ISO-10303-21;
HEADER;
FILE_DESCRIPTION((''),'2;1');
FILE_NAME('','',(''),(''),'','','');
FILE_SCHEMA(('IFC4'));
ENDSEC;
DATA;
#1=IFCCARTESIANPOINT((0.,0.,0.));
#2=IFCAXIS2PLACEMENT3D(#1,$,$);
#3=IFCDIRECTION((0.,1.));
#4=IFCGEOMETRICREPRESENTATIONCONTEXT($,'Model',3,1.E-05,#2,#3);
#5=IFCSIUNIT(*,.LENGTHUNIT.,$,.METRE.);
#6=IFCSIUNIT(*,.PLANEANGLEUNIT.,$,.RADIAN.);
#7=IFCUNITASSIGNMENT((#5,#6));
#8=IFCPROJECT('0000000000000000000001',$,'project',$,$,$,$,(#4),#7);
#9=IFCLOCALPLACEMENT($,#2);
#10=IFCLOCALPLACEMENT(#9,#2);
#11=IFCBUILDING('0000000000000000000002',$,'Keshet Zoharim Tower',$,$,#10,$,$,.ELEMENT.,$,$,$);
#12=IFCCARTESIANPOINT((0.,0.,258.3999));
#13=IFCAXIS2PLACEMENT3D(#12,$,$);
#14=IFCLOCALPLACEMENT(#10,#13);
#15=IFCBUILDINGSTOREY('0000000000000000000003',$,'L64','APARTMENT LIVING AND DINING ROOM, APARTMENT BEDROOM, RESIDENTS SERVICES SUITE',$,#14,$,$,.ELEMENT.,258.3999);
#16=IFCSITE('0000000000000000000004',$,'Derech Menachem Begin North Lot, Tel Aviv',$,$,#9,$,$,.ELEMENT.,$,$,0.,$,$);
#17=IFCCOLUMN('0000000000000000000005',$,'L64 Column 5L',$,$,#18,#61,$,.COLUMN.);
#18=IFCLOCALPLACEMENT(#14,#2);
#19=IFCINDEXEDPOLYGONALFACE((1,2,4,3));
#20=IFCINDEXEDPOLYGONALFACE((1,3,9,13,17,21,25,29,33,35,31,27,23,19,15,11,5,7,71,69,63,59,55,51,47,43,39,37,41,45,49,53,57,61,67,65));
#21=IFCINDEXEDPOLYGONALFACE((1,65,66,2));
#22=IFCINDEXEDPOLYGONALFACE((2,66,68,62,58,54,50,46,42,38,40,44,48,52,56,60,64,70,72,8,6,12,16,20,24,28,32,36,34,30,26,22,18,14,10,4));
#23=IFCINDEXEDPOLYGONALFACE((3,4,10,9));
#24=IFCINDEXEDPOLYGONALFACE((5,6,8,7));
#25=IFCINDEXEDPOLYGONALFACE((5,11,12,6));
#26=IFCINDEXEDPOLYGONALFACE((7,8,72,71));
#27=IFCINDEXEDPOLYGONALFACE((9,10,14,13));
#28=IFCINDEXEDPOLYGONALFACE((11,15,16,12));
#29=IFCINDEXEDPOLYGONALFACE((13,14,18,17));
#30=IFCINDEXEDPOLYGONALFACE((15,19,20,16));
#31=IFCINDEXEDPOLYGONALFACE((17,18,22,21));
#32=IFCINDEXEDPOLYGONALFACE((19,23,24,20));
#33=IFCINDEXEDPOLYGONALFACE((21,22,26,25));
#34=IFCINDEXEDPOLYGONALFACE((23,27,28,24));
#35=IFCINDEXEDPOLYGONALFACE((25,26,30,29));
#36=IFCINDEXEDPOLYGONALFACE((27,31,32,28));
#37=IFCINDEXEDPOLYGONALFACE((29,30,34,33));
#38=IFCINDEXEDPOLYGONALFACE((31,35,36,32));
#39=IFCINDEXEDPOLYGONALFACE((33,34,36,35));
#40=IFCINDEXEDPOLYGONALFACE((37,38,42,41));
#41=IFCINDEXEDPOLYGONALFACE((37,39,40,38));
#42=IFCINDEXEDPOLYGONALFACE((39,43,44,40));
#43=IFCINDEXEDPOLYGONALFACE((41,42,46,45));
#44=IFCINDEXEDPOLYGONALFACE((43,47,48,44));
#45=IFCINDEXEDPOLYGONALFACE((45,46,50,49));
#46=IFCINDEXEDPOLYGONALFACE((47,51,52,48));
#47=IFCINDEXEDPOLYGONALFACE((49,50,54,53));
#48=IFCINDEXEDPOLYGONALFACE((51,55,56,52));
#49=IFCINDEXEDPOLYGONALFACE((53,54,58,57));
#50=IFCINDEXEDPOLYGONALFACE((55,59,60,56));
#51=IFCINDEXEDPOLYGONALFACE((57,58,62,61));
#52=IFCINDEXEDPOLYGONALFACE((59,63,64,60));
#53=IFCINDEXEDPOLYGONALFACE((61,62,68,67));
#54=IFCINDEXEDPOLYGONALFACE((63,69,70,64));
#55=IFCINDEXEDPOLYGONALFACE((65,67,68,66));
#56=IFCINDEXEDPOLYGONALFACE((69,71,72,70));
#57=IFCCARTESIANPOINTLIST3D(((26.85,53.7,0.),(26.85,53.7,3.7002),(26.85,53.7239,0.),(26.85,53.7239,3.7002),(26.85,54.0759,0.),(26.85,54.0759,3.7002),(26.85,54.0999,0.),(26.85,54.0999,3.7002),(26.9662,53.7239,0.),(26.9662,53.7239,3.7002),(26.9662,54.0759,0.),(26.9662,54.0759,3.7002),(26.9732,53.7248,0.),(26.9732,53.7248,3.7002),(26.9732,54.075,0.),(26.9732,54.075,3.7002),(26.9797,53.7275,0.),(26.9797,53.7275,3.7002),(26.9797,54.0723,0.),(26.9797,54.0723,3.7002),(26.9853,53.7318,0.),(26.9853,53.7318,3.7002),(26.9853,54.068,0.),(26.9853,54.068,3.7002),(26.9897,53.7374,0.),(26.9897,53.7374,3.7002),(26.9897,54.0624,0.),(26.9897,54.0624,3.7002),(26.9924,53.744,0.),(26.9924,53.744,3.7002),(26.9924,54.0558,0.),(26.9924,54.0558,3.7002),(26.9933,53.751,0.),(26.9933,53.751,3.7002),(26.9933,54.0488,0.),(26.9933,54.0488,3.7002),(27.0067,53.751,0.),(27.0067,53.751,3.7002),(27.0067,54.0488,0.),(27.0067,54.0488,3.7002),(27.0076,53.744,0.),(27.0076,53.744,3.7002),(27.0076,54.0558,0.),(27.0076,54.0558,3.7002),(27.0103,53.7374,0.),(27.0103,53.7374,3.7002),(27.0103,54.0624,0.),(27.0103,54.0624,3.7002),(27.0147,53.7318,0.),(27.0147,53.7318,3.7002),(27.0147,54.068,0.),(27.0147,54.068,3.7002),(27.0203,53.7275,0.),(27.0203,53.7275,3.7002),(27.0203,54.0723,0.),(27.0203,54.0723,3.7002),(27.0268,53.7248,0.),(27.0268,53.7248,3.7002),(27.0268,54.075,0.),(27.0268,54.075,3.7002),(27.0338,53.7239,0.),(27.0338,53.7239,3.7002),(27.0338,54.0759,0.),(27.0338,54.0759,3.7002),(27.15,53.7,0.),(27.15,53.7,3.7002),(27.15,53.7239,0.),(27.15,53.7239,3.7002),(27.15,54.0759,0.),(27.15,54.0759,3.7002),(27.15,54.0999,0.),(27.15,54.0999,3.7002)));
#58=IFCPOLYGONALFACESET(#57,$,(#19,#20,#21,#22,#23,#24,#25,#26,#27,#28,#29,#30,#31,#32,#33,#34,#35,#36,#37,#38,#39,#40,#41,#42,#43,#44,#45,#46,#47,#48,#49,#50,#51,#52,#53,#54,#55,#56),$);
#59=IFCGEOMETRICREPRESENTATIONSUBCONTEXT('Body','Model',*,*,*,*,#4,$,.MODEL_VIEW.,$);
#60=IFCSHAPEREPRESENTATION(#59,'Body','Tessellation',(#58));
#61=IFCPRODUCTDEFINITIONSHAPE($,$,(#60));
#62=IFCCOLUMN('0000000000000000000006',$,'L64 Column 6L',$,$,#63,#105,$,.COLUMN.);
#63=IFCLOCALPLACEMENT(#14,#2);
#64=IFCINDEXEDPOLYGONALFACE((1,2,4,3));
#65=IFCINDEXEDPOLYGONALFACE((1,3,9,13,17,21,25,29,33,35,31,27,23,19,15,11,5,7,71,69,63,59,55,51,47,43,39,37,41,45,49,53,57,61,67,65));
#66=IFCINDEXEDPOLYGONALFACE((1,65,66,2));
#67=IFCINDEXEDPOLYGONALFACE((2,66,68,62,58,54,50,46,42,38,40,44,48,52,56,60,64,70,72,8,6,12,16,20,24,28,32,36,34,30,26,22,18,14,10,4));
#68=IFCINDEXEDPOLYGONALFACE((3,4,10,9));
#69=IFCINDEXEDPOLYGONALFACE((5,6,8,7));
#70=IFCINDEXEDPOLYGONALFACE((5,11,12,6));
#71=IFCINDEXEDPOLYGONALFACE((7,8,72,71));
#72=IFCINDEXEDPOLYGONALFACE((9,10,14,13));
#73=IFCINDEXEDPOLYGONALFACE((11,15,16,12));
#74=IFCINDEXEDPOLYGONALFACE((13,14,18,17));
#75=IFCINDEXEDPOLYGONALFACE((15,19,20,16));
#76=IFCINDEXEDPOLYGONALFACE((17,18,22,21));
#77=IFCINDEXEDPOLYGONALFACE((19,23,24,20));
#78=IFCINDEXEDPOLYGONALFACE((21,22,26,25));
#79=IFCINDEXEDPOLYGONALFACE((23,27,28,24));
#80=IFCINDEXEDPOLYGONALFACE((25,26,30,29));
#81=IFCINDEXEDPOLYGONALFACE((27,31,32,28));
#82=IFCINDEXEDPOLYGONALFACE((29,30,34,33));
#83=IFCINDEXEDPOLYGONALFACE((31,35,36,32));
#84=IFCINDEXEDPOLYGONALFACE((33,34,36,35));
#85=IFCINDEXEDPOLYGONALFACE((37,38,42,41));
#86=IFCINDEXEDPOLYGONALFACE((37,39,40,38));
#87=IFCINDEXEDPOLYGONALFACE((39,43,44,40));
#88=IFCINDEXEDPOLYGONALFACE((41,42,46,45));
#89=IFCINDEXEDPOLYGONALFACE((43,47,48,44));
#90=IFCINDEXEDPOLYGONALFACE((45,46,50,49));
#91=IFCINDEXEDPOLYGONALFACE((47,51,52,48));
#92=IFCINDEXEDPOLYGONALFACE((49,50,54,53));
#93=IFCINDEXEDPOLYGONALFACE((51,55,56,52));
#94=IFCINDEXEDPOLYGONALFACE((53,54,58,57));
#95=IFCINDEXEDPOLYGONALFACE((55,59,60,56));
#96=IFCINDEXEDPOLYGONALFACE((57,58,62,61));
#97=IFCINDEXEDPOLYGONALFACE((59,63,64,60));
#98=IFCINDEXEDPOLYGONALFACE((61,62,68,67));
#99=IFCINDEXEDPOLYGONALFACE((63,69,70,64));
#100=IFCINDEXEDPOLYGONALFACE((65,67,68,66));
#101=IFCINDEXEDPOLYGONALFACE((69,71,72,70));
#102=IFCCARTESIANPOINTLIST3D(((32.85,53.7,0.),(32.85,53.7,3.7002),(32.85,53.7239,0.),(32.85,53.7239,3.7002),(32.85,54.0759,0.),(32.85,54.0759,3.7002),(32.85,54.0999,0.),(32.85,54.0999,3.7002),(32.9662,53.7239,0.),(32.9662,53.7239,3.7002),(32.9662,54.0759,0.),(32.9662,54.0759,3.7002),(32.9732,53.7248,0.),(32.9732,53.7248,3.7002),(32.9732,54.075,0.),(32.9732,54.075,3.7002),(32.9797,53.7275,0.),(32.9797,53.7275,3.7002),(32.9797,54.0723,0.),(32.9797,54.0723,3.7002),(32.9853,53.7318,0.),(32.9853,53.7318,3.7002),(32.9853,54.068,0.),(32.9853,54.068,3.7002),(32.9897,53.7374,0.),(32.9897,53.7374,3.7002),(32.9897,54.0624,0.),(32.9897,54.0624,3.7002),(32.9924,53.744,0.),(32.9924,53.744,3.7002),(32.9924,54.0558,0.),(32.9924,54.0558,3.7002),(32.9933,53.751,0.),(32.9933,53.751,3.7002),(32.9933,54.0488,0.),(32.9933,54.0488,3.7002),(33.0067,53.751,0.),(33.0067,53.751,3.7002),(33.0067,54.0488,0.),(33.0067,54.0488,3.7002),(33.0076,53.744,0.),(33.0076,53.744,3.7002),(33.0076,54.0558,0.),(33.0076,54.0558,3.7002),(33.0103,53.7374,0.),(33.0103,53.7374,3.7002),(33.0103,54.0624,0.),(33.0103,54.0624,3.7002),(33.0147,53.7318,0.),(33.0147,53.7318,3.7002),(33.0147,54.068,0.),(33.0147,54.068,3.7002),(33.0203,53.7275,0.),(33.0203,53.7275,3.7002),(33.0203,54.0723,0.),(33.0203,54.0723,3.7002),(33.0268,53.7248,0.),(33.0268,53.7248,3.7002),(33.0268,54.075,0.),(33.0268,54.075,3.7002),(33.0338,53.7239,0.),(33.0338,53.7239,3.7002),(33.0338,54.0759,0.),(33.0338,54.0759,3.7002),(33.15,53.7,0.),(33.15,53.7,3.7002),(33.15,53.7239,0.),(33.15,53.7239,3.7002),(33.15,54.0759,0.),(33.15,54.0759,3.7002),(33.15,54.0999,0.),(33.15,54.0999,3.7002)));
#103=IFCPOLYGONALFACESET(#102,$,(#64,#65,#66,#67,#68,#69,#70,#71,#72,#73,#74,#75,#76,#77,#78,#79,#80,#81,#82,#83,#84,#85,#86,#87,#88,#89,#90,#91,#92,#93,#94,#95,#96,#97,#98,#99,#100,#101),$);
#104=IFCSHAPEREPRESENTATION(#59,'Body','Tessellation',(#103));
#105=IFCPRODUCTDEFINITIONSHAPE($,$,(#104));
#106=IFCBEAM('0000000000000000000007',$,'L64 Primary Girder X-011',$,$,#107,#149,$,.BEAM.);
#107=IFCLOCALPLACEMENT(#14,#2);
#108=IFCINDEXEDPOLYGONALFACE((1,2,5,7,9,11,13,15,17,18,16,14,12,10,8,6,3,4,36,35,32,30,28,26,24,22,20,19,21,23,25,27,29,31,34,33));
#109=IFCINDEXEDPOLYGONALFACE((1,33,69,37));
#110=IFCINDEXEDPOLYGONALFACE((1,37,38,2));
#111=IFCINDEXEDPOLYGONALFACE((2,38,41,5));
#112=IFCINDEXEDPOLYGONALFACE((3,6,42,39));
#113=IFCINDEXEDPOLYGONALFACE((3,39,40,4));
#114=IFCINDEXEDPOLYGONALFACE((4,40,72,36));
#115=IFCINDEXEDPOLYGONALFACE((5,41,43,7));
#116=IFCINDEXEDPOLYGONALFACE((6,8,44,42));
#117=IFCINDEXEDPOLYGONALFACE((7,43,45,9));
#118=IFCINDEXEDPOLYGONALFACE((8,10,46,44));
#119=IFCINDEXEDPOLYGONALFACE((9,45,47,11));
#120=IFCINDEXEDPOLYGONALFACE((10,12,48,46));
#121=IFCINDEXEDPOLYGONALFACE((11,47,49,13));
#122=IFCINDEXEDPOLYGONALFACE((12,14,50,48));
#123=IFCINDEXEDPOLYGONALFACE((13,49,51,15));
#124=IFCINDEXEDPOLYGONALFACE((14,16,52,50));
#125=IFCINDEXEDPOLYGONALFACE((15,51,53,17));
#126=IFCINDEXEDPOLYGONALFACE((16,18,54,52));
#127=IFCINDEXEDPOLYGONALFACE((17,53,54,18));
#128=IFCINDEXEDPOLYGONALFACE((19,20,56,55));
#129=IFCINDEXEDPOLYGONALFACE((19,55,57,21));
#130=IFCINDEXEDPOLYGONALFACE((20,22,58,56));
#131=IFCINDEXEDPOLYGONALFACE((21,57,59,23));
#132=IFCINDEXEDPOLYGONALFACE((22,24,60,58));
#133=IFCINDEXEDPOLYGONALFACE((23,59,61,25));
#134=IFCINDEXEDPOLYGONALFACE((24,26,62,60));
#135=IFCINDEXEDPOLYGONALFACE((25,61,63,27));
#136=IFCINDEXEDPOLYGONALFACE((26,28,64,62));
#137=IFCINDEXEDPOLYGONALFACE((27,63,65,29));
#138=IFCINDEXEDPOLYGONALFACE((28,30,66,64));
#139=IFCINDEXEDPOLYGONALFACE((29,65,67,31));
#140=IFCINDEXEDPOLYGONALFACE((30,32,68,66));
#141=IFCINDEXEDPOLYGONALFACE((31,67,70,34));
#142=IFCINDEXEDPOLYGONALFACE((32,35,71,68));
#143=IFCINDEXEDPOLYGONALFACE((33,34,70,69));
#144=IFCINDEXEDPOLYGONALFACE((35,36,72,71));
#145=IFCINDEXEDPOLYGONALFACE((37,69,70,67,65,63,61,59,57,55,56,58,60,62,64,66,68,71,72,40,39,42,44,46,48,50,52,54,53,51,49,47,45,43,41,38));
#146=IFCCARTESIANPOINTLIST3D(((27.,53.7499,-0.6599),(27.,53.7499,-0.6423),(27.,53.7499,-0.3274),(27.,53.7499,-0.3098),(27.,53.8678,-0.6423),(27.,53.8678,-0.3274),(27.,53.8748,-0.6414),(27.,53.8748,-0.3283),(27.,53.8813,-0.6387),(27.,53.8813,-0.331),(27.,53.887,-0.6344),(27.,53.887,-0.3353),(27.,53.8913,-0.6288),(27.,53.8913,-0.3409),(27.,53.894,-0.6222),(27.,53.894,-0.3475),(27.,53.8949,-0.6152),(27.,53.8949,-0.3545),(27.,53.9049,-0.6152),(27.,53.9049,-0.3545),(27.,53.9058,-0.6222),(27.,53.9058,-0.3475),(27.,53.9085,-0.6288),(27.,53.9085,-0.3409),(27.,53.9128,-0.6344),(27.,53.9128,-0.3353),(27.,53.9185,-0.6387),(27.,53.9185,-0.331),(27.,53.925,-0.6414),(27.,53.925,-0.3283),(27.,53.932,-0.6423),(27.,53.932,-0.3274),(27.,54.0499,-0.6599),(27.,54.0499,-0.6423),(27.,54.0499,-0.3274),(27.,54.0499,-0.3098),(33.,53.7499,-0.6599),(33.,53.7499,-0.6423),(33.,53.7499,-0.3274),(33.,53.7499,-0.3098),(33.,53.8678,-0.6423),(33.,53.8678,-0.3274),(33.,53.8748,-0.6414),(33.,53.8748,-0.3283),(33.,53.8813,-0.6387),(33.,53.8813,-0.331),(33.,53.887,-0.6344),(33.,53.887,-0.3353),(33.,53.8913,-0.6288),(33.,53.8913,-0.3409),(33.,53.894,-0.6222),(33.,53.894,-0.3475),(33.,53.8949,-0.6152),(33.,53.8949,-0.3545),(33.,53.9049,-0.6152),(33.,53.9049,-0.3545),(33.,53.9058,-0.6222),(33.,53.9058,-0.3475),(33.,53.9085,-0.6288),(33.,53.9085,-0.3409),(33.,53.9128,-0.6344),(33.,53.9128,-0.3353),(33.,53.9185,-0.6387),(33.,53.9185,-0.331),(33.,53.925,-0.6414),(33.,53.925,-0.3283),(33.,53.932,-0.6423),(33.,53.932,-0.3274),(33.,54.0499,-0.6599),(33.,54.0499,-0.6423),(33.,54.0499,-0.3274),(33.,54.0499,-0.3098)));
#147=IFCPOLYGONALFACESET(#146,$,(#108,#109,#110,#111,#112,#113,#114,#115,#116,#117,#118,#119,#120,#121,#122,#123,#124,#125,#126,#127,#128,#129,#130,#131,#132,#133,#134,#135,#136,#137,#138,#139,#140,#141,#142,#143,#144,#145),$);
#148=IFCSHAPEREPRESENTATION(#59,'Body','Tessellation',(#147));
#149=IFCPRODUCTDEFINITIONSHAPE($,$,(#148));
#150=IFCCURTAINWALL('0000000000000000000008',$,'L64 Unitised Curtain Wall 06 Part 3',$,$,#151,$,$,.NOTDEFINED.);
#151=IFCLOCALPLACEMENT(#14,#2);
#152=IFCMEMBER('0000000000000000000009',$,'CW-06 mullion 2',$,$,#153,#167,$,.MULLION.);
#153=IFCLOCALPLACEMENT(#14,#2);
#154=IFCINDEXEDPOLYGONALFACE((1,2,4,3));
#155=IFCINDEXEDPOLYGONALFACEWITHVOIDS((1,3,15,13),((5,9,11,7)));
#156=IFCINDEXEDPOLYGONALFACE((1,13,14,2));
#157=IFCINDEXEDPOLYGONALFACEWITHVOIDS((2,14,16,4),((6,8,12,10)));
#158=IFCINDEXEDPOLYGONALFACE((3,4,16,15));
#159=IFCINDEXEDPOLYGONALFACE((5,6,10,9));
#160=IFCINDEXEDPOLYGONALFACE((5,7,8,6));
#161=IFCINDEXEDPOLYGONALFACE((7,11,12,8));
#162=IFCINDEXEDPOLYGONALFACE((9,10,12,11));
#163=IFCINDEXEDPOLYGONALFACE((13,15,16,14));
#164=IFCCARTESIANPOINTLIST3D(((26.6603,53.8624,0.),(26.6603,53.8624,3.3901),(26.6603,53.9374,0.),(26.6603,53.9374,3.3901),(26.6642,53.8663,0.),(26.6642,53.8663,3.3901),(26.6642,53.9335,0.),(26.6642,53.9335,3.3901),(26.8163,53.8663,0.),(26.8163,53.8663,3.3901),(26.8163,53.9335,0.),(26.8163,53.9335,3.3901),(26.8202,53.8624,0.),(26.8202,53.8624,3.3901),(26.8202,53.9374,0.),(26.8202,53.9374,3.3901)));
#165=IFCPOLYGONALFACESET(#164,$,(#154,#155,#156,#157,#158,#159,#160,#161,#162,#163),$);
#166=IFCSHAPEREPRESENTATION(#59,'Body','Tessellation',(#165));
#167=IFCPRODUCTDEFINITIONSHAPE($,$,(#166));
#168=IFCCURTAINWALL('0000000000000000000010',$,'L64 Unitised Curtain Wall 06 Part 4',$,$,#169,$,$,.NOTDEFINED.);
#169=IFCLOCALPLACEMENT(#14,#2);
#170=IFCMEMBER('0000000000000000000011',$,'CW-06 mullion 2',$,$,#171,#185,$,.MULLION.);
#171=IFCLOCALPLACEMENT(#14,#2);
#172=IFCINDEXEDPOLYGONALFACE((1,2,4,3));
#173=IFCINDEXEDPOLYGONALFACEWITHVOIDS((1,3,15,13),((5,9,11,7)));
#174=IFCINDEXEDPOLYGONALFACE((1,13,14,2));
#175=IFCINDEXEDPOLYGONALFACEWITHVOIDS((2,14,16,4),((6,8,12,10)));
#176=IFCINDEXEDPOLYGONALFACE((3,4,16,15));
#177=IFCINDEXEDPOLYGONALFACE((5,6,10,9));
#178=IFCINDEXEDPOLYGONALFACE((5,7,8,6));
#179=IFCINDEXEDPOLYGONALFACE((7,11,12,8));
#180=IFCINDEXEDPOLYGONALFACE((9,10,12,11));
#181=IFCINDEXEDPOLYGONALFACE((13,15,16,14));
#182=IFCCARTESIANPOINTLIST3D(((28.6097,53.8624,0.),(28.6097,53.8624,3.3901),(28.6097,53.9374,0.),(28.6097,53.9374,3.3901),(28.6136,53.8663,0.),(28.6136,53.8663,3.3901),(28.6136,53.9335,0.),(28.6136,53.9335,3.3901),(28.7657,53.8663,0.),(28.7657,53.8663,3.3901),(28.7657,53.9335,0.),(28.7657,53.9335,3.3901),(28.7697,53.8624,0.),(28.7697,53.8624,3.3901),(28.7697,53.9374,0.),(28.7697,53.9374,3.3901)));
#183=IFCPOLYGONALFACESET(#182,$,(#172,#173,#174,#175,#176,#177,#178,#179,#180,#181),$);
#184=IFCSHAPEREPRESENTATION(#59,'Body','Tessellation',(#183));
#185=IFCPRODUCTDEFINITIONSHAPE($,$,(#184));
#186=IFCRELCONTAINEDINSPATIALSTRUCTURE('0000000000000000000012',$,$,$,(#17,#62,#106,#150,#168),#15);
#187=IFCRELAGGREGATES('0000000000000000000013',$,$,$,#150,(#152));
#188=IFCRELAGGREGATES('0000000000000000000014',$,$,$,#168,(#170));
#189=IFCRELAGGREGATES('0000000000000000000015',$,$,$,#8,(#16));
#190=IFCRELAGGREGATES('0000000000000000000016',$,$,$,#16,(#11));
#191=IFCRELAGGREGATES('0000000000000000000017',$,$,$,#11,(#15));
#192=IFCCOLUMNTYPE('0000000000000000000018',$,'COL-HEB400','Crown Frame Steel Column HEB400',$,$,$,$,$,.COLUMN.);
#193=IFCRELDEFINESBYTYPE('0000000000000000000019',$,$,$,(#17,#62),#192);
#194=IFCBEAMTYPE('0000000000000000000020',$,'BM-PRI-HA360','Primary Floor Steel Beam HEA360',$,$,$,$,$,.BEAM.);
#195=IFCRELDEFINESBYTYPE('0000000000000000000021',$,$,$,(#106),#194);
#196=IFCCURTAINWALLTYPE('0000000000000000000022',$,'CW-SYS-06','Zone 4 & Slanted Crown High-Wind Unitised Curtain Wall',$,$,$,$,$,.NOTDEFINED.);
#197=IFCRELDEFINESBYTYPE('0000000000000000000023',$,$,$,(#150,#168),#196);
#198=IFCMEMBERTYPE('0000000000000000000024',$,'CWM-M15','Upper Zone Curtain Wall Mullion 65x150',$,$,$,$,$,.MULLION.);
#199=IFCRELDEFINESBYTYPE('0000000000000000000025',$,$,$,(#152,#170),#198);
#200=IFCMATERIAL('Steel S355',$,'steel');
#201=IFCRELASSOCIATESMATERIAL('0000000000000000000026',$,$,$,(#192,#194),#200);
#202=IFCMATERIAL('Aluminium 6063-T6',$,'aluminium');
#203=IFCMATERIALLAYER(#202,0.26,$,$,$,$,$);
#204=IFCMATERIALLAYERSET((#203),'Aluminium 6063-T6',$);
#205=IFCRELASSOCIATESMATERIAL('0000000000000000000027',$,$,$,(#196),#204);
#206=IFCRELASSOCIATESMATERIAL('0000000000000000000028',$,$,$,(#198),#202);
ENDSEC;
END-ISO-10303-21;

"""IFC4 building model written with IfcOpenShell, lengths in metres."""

from ifc_helpers import new_model, si_unit, direction, frame, origin, origin_2d, place, context, subcontext, project, spatial, hollow_rectangle, i_section, extrude, material, layer, layer_set, material_profile, profile_set, type_object, element, aggregate, save


model = new_model("IFC4")

# Units and contexts
model_context = context("Model", 3, precision=1e-05, world=origin(), true_north=direction((0.0, 1.0)))
body_context = subcontext(model_context, "Body", "Model", "MODEL_VIEW")
ifc_project = project(units=[si_unit("LENGTHUNIT", "METRE"), si_unit("PLANEANGLEUNIT", "RADIAN")], contexts=[model_context])

# Site, building, storey
site_placement = place(None, origin())
site = spatial("IfcSite", under=ifc_project, at=site_placement, Name="Derech Menachem Begin North Lot, Tel Aviv", CompositionType="ELEMENT", RefElevation=0.0)
building_placement = place(site_placement, origin())
building = spatial("IfcBuilding", under=site, at=building_placement, Name="Keshet Zoharim Tower", CompositionType="ELEMENT")
storey_placement = place(building_placement, frame((0.0, 0.0, 258.3999)))
storey = spatial("IfcBuildingStorey", under=building, at=storey_placement, Name="L64", Description="APARTMENT LIVING AND DINING ROOM, APARTMENT BEDROOM, RESIDENTS SERVICES SUITE", CompositionType="ELEMENT", Elevation=258.3999)

# Columns
ifc_material_1 = material(Name="Steel S355", Category="steel")
ifc_material_profile_1 = material_profile(ifc_material_1, i_section(OverallWidth=0.3, OverallDepth=0.3999, WebThickness=0.0134, FlangeThickness=0.0239, FilletRadius=0.0271, at=origin_2d()), Name="HEB400")
ifc_profile_set_1 = profile_set([ifc_material_profile_1], Name="Steel S355")
column_type = type_object("IfcColumnType", Name="COL-HEB400", Description="Crown Frame Steel Column HEB400", PredefinedType="COLUMN", material=ifc_profile_set_1)
for number, where, z_axis, x_axis, name in (
    (1, (27.0, 53.8999, 0.0), (0.0, 0.0, 1.0), (1.0, 0.0, 0.0), "L64 Column 5L"),
    (2, (33.0, 53.8999, 0.0), (0.0, 0.0, 1.0), (1.0, 0.0, 0.0), "L64 Column 6L"),
):
    element("IfcColumn", number, at=place(storey_placement, frame(where, z_axis=z_axis, x_axis=x_axis)), inside=storey, type_object=column_type, Name=name, PredefinedType="COLUMN", context=body_context, shape_type="SweptSolid", body=[
        extrude(i_section(OverallWidth=0.3, OverallDepth=0.3999, WebThickness=0.0134, FlangeThickness=0.0239, FilletRadius=0.0271, at=origin_2d()), origin(), (0.0, 0.0, 1.0), 3.7002),
    ])

# Beam
ifc_material_profile_2 = material_profile(ifc_material_1, i_section(OverallWidth=0.3, OverallDepth=0.3501, WebThickness=0.01, FlangeThickness=0.0176, FilletRadius=0.0271, at=origin_2d()), Name="HEA360")
ifc_profile_set_2 = profile_set([ifc_material_profile_2], Name="Steel S355")
beam_type = type_object("IfcBeamType", Name="BM-PRI-HA360", Description="Primary Floor Steel Beam HEA360", PredefinedType="BEAM", material=ifc_profile_set_2)
beam_placement = place(storey_placement, frame((27.0, 53.8999, -0.4849), z_axis=(1.0, 0.0, 0.0), x_axis=(0.0, 1.0, 0.0)))
element("IfcBeam", 3, at=beam_placement, inside=storey, type_object=beam_type, Name="L64 Primary Girder X-011", PredefinedType="BEAM", context=body_context, shape_type="SweptSolid", body=[
    extrude(i_section(OverallWidth=0.3, OverallDepth=0.3501, WebThickness=0.01, FlangeThickness=0.0176, FilletRadius=0.0271, at=origin_2d()), origin(), (0.0, 0.0, 1.0), 6.0),
])

# Curtain wall, member
ifc_material_2 = material(Name="Aluminium 6063-T6", Category="aluminium")
ifc_layer_1 = layer(ifc_material_2, 0.26)
ifc_layer_set_1 = layer_set([ifc_layer_1], Name="Aluminium 6063-T6")
curtain_wall_type = type_object("IfcCurtainWallType", Name="CW-SYS-06", Description="Zone 4 & Slanted Crown High-Wind Unitised Curtain Wall", PredefinedType="NOTDEFINED", material=ifc_layer_set_1)
curtain_wall_1_placement = place(storey_placement, origin())
curtain_wall_1 = element("IfcCurtainWall", 4, at=curtain_wall_1_placement, inside=storey, type_object=curtain_wall_type, Name="L64 Unitised Curtain Wall 06 Part 3", PredefinedType="NOTDEFINED")
ifc_material_profile_3 = material_profile(ifc_material_2, hollow_rectangle(XDim=0.075, YDim=0.1599, WallThickness=0.0039, at=origin_2d()), Name="MUL-75x160")
ifc_profile_set_3 = profile_set([ifc_material_profile_3], Name="Aluminium 6063-T6")
member_type_1 = type_object("IfcMemberType", Name="CWM-M15", Description="Upper Zone Curtain Wall Mullion 65x150", PredefinedType="MULLION", material=ifc_profile_set_3)
member_1_placement = place(storey_placement, frame((26.7402, 53.8999, 0.0), z_axis=(0.0, 0.0, 1.0), x_axis=(0.0, 1.0, 0.0)))
member_1 = element("IfcMember", 5, at=member_1_placement, type_object=member_type_1, Name="CW-06 mullion 2", PredefinedType="MULLION", context=body_context, shape_type="SweptSolid", body=[
    extrude(hollow_rectangle(XDim=0.075, YDim=0.1599, WallThickness=0.0039, at=origin_2d()), origin(), (0.0, 0.0, 1.0), 3.3901),
])

# Curtain wall, member
curtain_wall_2_placement = place(storey_placement, origin())
curtain_wall_2 = element("IfcCurtainWall", 6, at=curtain_wall_2_placement, inside=storey, type_object=curtain_wall_type, Name="L64 Unitised Curtain Wall 06 Part 4", PredefinedType="NOTDEFINED")
member_2_placement = place(storey_placement, frame((28.6897, 53.8999, 0.0), z_axis=(0.0, 0.0, 1.0), x_axis=(0.0, 1.0, 0.0)))
member_2 = element("IfcMember", 7, at=member_2_placement, type_object=member_type_1, Name="CW-06 mullion 2", PredefinedType="MULLION", context=body_context, shape_type="SweptSolid", body=[
    extrude(hollow_rectangle(XDim=0.075, YDim=0.1599, WallThickness=0.0039, at=origin_2d()), origin(), (0.0, 0.0, 1.0), 3.3901),
])

aggregate(curtain_wall_1, [member_1])
aggregate(curtain_wall_2, [member_2])

save(model, "model.ifc")
